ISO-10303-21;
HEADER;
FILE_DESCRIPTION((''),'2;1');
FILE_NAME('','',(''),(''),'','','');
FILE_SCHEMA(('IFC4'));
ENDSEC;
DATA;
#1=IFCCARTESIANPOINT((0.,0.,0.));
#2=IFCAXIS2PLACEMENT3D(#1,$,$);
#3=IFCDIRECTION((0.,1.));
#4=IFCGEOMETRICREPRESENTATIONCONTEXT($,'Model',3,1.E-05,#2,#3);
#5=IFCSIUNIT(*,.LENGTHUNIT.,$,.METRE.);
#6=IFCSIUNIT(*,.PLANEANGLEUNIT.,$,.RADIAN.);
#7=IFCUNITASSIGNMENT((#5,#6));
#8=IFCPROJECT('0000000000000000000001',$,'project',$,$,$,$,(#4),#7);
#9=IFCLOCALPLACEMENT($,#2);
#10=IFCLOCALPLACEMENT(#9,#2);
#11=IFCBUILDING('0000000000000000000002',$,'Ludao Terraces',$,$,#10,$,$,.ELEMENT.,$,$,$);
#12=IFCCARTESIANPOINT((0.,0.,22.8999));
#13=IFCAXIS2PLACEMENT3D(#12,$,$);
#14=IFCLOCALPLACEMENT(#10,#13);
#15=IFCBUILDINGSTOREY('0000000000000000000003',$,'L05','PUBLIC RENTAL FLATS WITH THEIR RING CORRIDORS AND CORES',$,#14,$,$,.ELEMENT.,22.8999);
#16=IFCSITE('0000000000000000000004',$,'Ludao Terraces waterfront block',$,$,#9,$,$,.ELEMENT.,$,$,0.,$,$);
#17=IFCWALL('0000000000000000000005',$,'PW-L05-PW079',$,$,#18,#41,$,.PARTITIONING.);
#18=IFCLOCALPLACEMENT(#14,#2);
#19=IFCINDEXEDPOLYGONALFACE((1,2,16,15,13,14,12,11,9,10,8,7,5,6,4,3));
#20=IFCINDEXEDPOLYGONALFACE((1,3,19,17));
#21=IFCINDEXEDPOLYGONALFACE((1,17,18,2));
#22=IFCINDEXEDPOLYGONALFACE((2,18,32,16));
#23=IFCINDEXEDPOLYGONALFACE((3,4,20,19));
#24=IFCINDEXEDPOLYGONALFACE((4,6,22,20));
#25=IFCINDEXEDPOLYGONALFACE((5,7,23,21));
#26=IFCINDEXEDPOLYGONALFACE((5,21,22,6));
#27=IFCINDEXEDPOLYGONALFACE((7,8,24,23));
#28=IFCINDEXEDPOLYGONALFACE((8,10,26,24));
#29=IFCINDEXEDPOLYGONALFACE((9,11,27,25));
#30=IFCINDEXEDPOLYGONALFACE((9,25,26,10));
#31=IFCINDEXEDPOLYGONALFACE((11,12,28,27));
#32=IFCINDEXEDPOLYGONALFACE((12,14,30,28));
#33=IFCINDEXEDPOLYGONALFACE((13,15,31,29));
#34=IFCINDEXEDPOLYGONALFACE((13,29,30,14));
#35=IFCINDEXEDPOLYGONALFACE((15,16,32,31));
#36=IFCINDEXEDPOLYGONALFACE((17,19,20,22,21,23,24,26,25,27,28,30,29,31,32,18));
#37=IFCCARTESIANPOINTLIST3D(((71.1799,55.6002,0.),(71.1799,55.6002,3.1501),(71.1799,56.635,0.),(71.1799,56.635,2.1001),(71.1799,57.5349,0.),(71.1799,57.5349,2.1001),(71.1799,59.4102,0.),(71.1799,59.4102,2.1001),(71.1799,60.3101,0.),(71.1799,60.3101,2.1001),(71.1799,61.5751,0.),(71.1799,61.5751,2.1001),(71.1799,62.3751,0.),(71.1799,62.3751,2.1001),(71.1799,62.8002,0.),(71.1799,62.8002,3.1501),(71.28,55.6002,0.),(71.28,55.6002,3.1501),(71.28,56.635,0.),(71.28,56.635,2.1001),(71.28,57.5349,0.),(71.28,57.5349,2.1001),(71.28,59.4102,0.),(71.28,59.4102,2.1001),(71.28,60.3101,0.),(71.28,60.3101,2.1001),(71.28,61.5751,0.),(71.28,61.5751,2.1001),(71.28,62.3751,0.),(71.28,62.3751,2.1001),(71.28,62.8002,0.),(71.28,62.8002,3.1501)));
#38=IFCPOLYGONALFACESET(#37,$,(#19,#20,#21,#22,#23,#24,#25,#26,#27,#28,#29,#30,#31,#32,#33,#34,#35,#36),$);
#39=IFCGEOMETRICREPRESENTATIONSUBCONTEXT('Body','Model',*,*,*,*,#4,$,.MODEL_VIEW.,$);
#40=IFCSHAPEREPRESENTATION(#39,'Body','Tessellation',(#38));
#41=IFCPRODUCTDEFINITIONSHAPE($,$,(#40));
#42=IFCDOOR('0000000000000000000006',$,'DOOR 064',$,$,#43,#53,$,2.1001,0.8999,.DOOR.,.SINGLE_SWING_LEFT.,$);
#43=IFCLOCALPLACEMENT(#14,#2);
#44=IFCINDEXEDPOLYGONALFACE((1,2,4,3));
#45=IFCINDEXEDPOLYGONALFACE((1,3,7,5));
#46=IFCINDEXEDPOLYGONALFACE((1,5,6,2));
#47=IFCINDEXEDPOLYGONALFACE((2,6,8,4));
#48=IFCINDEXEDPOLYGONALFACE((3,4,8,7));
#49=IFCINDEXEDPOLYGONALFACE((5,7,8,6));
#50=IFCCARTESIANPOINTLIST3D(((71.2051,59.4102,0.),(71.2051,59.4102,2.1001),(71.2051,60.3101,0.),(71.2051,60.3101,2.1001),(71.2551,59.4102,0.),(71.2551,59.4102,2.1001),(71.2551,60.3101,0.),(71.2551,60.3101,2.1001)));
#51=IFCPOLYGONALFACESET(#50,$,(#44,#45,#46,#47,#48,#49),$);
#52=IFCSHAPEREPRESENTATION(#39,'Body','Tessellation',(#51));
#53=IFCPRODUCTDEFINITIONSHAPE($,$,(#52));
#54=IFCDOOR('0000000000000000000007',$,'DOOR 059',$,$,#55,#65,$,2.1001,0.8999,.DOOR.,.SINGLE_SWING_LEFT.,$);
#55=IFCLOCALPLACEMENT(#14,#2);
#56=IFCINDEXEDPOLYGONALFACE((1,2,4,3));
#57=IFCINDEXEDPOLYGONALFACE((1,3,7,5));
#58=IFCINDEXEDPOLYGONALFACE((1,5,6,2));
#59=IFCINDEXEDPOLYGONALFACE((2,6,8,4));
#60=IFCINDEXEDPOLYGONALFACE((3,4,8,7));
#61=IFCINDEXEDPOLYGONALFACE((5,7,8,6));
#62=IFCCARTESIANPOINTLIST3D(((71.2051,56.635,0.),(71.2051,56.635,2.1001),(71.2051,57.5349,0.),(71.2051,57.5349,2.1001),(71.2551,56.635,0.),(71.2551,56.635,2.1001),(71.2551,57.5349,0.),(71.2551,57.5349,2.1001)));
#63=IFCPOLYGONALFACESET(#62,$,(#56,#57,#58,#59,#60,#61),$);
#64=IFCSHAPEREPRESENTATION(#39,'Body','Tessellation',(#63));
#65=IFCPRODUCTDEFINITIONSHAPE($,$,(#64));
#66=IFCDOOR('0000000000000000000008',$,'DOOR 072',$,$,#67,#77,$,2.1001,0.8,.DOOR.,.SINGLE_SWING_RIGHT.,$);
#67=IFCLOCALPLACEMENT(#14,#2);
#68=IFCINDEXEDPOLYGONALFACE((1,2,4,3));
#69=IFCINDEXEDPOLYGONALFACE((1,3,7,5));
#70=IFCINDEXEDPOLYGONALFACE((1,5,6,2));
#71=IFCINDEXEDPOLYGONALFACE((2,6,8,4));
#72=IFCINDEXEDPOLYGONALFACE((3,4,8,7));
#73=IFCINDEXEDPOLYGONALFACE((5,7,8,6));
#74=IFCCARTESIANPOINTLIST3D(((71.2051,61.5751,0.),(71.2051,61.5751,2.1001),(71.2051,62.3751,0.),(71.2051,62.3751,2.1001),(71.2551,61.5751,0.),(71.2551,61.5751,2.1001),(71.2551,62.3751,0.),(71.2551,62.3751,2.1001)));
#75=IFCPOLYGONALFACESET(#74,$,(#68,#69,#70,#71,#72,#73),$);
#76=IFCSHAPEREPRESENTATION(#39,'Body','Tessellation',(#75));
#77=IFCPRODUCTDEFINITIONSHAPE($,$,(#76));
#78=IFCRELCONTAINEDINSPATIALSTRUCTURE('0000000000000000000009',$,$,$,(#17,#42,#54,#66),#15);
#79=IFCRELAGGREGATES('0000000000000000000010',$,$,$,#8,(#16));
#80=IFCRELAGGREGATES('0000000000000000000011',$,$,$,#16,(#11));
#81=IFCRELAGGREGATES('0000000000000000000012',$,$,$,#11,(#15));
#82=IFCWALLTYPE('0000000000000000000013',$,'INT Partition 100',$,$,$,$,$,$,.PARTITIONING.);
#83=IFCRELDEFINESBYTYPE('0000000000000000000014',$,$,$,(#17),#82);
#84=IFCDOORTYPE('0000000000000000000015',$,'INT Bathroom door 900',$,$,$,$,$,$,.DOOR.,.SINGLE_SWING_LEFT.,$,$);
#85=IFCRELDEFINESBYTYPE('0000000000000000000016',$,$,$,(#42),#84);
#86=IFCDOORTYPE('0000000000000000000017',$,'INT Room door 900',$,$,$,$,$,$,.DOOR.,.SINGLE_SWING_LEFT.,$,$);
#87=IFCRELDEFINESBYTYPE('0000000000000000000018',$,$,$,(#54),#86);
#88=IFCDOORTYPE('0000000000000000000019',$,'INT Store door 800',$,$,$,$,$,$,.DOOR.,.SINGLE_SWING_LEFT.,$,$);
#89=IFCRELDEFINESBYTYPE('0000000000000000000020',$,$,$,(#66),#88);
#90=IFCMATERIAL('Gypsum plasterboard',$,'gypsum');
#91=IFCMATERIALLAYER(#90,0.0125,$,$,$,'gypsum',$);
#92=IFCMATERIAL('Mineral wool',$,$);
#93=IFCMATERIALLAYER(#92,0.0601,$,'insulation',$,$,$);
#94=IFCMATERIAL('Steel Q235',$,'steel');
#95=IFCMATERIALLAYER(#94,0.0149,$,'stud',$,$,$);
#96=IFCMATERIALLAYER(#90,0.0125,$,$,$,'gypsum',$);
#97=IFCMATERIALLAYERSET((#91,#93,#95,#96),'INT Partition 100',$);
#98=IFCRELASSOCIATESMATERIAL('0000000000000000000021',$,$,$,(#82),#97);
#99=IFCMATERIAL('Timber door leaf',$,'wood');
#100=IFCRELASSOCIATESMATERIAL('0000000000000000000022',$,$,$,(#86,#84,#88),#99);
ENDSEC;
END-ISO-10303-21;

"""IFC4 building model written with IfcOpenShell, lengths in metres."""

from ifc_helpers import new_model, si_unit, direction, frame, frame_2d, origin, place, context, subcontext, project, spatial, rectangle, extrude, material, layer, layer_set, type_object, element, fill, save


model = new_model("IFC4")

# Units and contexts
model_context = context("Model", 3, precision=1e-05, world=origin(), true_north=direction((0.0, 1.0)))
body_context = subcontext(model_context, "Body", "Model", "MODEL_VIEW")
ifc_project = project(units=[si_unit("LENGTHUNIT", "METRE"), si_unit("PLANEANGLEUNIT", "RADIAN")], contexts=[model_context])

# Site, building, storey
site_placement = place(None, origin())
site = spatial("IfcSite", under=ifc_project, at=site_placement, Name="Ludao Terraces waterfront block", CompositionType="ELEMENT", RefElevation=0.0)
building_placement = place(site_placement, origin())
building = spatial("IfcBuilding", under=site, at=building_placement, Name="Ludao Terraces", CompositionType="ELEMENT")
storey_placement = place(building_placement, frame((0.0, 0.0, 22.8999)))
storey = spatial("IfcBuildingStorey", under=building, at=storey_placement, Name="L05", Description="PUBLIC RENTAL FLATS WITH THEIR RING CORRIDORS AND CORES", CompositionType="ELEMENT", Elevation=22.8999)

# Shared definitions
ifc_material_1 = material(Name="Gypsum plasterboard", Category="gypsum")
ifc_layer_1 = layer(ifc_material_1, 0.0125, Category="gypsum")
ifc_material_2 = material(Name="Mineral wool")
ifc_layer_2 = layer(ifc_material_2, 0.0601, Name="insulation")
ifc_material_3 = material(Name="Steel Q235", Category="steel")
ifc_layer_3 = layer(ifc_material_3, 0.0149, Name="stud")
ifc_layer_4 = layer(ifc_material_1, 0.0125, Category="gypsum")
ifc_layer_set = layer_set([ifc_layer_1, ifc_layer_2, ifc_layer_3, ifc_layer_4], Name="INT Partition 100")
wall_type = type_object("IfcWallType", Name="INT Partition 100", PredefinedType="PARTITIONING", material=ifc_layer_set)

# Wall, openings, doors
ifc_material_4 = material(Name="Timber door leaf", Category="wood")
door_type_1 = type_object("IfcDoorType", Name="INT Room door 900", OperationType="SINGLE_SWING_LEFT", PredefinedType="DOOR", material=ifc_material_4)
wall_1_placement = place(storey_placement, frame((71.23, 55.6001, 0.0), z_axis=(0.0, 0.0, 1.0), x_axis=(0.0, 1.0, 0.0)))
wall_1 = element("IfcWall", 1, at=wall_1_placement, inside=storey, type_object=wall_type, Name="PW-L05-PW079", PredefinedType="PARTITIONING", context=body_context, shape_type="SweptSolid", body=[
    extrude(rectangle(XDim=7.2, YDim=0.1001, at=frame_2d((3.6001, 0.0))), origin(), (0.0, 0.0, 1.0), 3.1501),
])
opening_1_placement = place(wall_1_placement, frame((1.0349, 0.0, 0.0)))
opening_1 = element("IfcOpeningElement", 2, at=opening_1_placement, cuts=wall_1, PredefinedType="OPENING", context=body_context, shape_type="SweptSolid", body=[
    extrude(rectangle(XDim=0.8999, YDim=2.1001, at=frame_2d((0.45, 1.05))), frame((0.0, 0.0601, 0.0), z_axis=(0.0, -1.0, 0.0), x_axis=(1.0, 0.0, 0.0)), (0.0, 0.0, 1.0), 0.1201),
])
opening_2_placement = place(wall_1_placement, frame((3.8101, 0.0, 0.0)))
opening_2 = element("IfcOpeningElement", 3, at=opening_2_placement, cuts=wall_1, PredefinedType="OPENING", context=body_context, shape_type="SweptSolid", body=[
    extrude(rectangle(XDim=0.8999, YDim=2.1001, at=frame_2d((0.45, 1.05))), frame((0.0, 0.0601, 0.0), z_axis=(0.0, -1.0, 0.0), x_axis=(1.0, 0.0, 0.0)), (0.0, 0.0, 1.0), 0.1201),
])
opening_3_placement = place(wall_1_placement, frame((5.9751, 0.0, 0.0)))
opening_3 = element("IfcOpeningElement", 4, at=opening_3_placement, cuts=wall_1, PredefinedType="OPENING", context=body_context, shape_type="SweptSolid", body=[
    extrude(rectangle(XDim=0.8, YDim=2.1001, at=frame_2d((0.3999, 1.05))), frame((0.0, 0.0601, 0.0), z_axis=(0.0, -1.0, 0.0), x_axis=(1.0, 0.0, 0.0)), (0.0, 0.0, 1.0), 0.1201),
])
door_type_2 = type_object("IfcDoorType", Name="INT Bathroom door 900", OperationType="SINGLE_SWING_LEFT", PredefinedType="DOOR", material=ifc_material_4)
door_1_placement = place(opening_2_placement, origin())
door_1 = element("IfcDoor", 5, at=door_1_placement, inside=storey, type_object=door_type_2, Name="DOOR 064", OperationType="SINGLE_SWING_LEFT", OverallHeight=2.1001, OverallWidth=0.8999, PredefinedType="DOOR", context=body_context, shape_type="SweptSolid", body=[
    extrude(rectangle(XDim=0.8999, YDim=2.1001, at=frame_2d((0.45, 1.05))), frame((0.0, 0.0249, 0.0), z_axis=(0.0, -1.0, 0.0), x_axis=(1.0, 0.0, 0.0)), (0.0, 0.0, 1.0), 0.05),
])
fill(opening_2, door_1)
door_2_placement = place(opening_1_placement, origin())
door_2 = element("IfcDoor", 6, at=door_2_placement, inside=storey, type_object=door_type_1, Name="DOOR 059", OperationType="SINGLE_SWING_LEFT", OverallHeight=2.1001, OverallWidth=0.8999, PredefinedType="DOOR", context=body_context, shape_type="SweptSolid", body=[
    extrude(rectangle(XDim=0.8999, YDim=2.1001, at=frame_2d((0.45, 1.05))), frame((0.0, 0.0249, 0.0), z_axis=(0.0, -1.0, 0.0), x_axis=(1.0, 0.0, 0.0)), (0.0, 0.0, 1.0), 0.05),
])
fill(opening_1, door_2)
door_type_3 = type_object("IfcDoorType", Name="INT Store door 800", OperationType="SINGLE_SWING_LEFT", PredefinedType="DOOR", material=ifc_material_4)
door_3_placement = place(opening_3_placement, origin())
door_3 = element("IfcDoor", 7, at=door_3_placement, inside=storey, type_object=door_type_3, Name="DOOR 072", OperationType="SINGLE_SWING_RIGHT", OverallHeight=2.1001, OverallWidth=0.8, PredefinedType="DOOR", context=body_context, shape_type="SweptSolid", body=[
    extrude(rectangle(XDim=0.8, YDim=2.1001, at=frame_2d((0.3999, 1.05))), frame((0.0, 0.0249, 0.0), z_axis=(0.0, -1.0, 0.0), x_axis=(1.0, 0.0, 0.0)), (0.0, 0.0, 1.0), 0.05),
])
fill(opening_3, door_3)

save(model, "model.ifc")
